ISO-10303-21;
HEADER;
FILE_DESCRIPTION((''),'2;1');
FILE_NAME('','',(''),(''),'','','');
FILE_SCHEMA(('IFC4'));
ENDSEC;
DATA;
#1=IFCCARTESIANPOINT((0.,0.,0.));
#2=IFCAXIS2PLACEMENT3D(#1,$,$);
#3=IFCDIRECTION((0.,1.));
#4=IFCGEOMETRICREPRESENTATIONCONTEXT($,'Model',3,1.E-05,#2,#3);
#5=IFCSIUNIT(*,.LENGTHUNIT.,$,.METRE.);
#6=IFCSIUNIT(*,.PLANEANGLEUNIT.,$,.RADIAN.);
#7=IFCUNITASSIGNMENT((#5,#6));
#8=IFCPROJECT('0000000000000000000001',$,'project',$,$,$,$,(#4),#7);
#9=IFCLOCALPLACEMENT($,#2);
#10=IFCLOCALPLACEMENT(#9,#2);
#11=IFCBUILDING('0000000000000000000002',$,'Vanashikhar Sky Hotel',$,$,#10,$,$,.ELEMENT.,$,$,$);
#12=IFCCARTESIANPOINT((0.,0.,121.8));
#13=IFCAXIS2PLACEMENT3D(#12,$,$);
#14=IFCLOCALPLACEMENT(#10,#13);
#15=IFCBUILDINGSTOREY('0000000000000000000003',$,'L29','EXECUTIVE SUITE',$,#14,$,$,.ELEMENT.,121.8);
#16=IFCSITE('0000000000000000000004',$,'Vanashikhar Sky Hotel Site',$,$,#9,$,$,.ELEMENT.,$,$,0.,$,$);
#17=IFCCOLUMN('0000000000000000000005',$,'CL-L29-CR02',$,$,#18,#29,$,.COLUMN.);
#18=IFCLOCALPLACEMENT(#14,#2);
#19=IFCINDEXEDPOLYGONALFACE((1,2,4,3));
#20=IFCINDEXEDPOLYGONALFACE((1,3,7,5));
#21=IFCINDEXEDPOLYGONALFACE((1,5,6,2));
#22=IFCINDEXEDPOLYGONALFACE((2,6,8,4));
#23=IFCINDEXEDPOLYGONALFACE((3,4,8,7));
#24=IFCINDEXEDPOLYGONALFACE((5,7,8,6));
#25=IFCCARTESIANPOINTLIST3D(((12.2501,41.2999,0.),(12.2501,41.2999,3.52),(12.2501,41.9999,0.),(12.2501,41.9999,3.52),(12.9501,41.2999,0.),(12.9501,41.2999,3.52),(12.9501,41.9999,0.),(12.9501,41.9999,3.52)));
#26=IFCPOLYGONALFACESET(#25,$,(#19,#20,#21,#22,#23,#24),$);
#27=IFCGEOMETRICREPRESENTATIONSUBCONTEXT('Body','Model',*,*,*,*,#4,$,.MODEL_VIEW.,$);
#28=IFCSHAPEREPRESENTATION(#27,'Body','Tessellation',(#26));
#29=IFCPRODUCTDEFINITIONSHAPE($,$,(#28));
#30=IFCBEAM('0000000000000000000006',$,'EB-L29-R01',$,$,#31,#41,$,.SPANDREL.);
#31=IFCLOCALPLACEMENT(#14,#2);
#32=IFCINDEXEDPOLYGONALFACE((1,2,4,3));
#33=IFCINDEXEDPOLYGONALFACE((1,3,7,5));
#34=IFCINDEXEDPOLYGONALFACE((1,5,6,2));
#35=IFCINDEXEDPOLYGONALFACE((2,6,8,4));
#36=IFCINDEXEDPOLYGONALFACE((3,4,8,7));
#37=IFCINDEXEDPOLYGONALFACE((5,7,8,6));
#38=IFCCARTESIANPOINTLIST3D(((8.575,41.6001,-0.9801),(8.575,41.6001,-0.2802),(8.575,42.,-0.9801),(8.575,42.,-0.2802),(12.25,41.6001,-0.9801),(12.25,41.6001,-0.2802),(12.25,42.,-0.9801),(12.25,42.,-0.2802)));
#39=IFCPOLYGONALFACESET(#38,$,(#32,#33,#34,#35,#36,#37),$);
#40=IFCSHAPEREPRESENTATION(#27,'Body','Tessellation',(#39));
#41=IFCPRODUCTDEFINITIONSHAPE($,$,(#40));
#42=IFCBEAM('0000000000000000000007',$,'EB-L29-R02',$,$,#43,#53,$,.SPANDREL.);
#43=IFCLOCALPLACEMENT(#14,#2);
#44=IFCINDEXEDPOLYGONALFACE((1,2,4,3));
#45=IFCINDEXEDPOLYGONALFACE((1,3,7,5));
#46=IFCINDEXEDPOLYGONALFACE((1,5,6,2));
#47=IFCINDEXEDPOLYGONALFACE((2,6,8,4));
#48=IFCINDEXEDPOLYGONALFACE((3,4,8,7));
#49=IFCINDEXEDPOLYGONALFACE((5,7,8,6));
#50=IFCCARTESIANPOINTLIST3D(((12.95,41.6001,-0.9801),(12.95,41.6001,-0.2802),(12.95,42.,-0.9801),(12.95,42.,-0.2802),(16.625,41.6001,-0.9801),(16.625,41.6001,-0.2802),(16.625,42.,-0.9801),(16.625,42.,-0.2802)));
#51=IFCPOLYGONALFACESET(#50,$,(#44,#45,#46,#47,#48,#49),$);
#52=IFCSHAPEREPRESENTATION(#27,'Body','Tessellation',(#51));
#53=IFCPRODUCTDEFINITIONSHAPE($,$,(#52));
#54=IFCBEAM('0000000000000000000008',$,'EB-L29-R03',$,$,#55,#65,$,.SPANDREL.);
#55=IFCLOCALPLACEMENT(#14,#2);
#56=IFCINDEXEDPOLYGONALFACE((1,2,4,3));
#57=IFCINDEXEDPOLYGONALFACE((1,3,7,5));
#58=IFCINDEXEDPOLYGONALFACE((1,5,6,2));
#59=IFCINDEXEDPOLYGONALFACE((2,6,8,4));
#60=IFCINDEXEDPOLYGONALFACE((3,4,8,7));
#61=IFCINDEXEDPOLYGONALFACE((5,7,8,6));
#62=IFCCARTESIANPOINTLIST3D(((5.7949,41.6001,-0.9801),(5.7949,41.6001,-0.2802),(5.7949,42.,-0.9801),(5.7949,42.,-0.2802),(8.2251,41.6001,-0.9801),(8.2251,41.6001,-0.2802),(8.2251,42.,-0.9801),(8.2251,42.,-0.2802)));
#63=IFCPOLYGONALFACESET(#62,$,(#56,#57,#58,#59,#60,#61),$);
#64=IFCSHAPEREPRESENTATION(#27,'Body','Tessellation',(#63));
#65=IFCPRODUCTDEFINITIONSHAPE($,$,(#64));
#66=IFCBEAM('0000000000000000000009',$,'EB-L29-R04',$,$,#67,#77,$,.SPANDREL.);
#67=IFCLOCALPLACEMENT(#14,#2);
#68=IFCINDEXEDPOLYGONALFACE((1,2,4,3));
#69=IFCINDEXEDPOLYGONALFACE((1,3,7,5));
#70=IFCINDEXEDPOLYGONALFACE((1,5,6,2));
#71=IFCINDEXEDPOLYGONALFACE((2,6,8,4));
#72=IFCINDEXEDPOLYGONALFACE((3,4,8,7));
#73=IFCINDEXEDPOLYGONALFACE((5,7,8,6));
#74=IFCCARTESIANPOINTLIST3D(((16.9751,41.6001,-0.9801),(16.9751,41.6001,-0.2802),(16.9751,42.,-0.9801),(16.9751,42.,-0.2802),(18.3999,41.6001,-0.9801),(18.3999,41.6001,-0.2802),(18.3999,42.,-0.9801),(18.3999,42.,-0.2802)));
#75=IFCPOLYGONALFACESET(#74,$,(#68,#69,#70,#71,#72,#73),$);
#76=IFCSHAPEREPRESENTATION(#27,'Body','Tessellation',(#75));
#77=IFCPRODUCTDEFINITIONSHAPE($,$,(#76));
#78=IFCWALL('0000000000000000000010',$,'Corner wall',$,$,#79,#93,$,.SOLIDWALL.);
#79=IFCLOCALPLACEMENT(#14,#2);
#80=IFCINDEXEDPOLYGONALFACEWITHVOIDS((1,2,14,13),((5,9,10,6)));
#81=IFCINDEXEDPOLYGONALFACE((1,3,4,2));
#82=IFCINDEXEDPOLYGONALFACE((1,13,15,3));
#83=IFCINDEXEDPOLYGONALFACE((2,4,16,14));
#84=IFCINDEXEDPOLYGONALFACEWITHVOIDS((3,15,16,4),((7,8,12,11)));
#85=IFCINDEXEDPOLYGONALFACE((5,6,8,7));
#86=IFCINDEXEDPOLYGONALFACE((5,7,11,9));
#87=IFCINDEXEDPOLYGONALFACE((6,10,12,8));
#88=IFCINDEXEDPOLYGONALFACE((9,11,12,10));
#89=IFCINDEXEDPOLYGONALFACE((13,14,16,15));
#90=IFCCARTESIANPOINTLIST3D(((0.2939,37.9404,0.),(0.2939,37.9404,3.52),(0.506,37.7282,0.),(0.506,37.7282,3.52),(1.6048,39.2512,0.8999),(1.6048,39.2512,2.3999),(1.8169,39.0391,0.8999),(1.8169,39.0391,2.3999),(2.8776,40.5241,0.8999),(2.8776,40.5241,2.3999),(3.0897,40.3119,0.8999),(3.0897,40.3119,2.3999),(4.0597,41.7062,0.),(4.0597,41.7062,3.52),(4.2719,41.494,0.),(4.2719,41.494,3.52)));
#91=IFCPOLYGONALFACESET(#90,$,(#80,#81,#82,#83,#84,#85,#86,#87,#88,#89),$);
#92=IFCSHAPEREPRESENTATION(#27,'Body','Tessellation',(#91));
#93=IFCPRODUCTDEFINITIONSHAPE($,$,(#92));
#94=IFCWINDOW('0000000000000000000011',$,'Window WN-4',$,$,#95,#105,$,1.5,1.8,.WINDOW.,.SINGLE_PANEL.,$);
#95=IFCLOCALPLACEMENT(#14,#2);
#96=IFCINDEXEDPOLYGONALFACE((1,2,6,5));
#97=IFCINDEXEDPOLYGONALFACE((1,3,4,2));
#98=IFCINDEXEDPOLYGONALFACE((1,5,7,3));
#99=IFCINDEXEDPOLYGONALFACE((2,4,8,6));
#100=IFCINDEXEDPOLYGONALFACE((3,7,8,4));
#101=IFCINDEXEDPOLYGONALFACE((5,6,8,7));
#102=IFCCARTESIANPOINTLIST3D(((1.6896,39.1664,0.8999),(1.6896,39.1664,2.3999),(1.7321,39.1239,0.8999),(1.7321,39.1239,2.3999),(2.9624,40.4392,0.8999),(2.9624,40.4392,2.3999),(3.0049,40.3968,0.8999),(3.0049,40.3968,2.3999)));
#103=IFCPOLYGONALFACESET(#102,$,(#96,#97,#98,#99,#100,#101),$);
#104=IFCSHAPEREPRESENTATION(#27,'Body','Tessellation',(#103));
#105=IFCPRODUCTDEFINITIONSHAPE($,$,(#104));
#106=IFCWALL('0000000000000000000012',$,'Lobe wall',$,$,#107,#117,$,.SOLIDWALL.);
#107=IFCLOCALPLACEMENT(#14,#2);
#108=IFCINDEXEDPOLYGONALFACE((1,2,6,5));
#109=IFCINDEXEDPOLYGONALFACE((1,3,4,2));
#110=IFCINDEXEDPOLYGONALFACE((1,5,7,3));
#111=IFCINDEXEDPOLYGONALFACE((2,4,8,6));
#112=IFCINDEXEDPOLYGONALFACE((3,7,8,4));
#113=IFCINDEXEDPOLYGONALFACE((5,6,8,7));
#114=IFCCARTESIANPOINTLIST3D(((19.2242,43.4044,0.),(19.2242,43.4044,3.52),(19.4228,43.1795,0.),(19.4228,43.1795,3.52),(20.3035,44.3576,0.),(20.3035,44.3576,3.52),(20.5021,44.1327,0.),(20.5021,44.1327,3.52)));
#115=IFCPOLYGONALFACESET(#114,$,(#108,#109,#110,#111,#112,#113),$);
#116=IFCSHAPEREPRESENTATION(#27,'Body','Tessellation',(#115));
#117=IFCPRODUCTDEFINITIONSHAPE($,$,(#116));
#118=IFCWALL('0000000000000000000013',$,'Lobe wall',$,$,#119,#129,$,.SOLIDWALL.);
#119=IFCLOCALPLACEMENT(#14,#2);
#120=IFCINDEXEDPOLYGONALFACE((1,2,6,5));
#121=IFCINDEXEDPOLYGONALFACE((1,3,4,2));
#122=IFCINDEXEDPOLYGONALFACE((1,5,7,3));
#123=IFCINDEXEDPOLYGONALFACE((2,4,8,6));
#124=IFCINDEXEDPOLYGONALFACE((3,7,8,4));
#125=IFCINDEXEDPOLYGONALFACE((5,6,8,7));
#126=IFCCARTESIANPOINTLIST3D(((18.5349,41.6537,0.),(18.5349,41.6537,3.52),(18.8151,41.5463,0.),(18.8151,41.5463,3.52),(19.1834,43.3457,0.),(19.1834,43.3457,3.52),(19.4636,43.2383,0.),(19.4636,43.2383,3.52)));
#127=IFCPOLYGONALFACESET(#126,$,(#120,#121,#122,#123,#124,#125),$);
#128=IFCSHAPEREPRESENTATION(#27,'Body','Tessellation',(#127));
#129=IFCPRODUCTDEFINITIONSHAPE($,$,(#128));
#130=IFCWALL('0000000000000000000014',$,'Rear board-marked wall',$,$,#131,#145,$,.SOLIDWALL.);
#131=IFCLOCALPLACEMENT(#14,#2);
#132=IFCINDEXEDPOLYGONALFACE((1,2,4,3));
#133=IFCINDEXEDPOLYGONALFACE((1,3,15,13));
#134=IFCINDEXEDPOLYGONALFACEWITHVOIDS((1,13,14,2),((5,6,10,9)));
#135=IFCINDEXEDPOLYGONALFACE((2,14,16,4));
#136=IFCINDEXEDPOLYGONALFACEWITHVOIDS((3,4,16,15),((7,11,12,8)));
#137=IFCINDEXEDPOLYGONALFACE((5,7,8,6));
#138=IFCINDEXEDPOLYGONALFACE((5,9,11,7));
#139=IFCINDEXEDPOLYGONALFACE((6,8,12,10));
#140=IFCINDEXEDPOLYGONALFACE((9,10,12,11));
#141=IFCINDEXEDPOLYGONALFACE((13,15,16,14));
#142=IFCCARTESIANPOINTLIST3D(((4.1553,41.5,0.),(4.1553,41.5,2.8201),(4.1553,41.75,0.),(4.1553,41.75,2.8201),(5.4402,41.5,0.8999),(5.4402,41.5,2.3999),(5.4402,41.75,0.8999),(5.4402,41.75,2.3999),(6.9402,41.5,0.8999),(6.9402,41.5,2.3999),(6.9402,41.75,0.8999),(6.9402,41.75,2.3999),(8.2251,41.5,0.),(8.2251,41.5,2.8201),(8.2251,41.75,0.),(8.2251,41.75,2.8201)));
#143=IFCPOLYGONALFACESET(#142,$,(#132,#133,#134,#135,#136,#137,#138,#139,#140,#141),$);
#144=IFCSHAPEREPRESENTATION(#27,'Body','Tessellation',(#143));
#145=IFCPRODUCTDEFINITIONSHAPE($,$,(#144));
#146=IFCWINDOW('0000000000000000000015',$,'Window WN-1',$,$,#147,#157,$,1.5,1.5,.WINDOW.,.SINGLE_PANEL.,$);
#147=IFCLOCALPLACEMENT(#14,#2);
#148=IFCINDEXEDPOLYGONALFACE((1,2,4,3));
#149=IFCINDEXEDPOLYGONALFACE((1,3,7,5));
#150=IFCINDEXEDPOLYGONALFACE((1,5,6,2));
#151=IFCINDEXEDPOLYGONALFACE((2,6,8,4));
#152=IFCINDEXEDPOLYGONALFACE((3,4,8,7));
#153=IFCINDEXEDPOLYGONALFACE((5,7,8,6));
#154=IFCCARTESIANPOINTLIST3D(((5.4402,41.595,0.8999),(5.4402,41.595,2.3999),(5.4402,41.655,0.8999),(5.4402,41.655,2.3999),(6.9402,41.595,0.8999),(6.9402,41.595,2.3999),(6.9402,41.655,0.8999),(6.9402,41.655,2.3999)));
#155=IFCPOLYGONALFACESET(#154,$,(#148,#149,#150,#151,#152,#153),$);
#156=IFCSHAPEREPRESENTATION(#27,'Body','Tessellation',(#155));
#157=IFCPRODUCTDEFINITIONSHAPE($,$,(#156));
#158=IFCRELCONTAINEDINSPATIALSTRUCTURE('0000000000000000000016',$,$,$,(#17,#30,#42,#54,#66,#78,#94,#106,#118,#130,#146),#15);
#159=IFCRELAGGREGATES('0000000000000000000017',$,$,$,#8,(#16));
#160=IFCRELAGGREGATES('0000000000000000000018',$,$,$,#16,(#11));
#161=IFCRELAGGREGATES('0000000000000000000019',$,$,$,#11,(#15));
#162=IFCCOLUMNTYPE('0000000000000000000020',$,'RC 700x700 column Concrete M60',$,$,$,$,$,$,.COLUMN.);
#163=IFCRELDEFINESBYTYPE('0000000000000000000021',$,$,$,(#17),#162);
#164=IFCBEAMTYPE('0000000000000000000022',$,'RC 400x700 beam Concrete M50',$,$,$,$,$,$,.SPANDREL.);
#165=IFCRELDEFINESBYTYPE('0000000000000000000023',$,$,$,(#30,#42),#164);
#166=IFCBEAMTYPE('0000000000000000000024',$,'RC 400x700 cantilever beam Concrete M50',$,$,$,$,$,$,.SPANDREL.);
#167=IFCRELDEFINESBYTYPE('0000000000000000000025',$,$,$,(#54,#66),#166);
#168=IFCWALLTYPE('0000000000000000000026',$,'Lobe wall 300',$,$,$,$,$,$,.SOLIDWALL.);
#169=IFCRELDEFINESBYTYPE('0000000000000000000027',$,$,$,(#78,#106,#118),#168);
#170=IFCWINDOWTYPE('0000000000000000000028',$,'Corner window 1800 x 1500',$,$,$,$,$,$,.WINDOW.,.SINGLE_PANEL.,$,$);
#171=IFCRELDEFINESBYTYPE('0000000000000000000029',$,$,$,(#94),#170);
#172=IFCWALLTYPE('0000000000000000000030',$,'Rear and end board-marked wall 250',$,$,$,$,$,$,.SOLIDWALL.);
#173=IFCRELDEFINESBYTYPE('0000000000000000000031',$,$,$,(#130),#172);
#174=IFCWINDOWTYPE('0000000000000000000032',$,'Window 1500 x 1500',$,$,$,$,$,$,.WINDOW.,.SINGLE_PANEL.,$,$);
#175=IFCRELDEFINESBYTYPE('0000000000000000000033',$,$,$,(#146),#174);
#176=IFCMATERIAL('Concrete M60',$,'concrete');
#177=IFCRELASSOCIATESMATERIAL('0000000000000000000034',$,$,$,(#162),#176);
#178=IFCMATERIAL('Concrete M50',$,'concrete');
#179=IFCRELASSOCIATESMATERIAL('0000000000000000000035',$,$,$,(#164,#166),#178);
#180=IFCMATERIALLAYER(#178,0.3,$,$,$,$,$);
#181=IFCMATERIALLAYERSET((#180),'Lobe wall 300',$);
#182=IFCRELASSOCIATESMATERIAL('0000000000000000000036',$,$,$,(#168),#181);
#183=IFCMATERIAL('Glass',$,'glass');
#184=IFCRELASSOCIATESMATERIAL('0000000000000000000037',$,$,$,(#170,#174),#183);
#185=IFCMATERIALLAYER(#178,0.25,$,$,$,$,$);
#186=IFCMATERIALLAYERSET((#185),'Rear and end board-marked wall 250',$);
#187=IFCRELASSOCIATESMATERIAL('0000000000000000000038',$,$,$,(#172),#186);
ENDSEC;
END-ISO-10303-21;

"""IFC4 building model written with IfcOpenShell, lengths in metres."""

from ifc_helpers import new_model, si_unit, direction, frame, frame_2d, origin, origin_2d, place, context, subcontext, project, spatial, rectangle, extrude, source, transform, mapped, material, layer, layer_set, material_profile, profile_set, type_object, element, fill, save


model = new_model("IFC4")

# Units and contexts
model_context = context("Model", 3, precision=1e-05, world=origin(), true_north=direction((0.0, 1.0)))
body_context = subcontext(model_context, "Body", "Model", "MODEL_VIEW")
ifc_project = project(units=[si_unit("LENGTHUNIT", "METRE"), si_unit("PLANEANGLEUNIT", "RADIAN")], contexts=[model_context])

# Site, building, storey
site_placement = place(None, origin())
site = spatial("IfcSite", under=ifc_project, at=site_placement, Name="Vanashikhar Sky Hotel Site", CompositionType="ELEMENT", RefElevation=0.0)
building_placement = place(site_placement, origin())
building = spatial("IfcBuilding", under=site, at=building_placement, Name="Vanashikhar Sky Hotel", CompositionType="ELEMENT")
storey_placement = place(building_placement, frame((0.0, 0.0, 121.8)))
storey = spatial("IfcBuildingStorey", under=building, at=storey_placement, Name="L29", Description="EXECUTIVE SUITE", CompositionType="ELEMENT", Elevation=121.8)

# Column
ifc_material_1 = material(Name="Concrete M60", Category="concrete")
ifc_material_profile_1 = material_profile(ifc_material_1, rectangle(XDim=0.7, YDim=0.7, at=origin_2d()))
ifc_profile_set_1 = profile_set([ifc_material_profile_1], Name="RC 700x700 column Concrete M60")
column_type = type_object("IfcColumnType", Name="RC 700x700 column Concrete M60", PredefinedType="COLUMN", material=ifc_profile_set_1)
shared_shape_1 = source(origin(), body_context, "Body", "SweptSolid", [
    extrude(rectangle(XDim=0.7, YDim=0.7, at=origin_2d()), origin(), (0.0, 0.0, 1.0), 3.52),
])
column_placement = place(storey_placement, frame((12.6001, 41.6499, 0.0), z_axis=(0.0, 0.0, 1.0), x_axis=(1.0, 0.0, 0.0)))
element("IfcColumn", 1, at=column_placement, inside=storey, type_object=column_type, Name="CL-L29-CR02", PredefinedType="COLUMN", context=body_context, shape_type="MappedRepresentation", body=[
    mapped(shared_shape_1, transform((0.0, 0.0, 0.0), scale=1.0)),
])

# Beams
ifc_material_2 = material(Name="Concrete M50", Category="concrete")
ifc_material_profile_2 = material_profile(ifc_material_2, rectangle(XDim=0.3999, YDim=0.7, at=origin_2d()))
ifc_profile_set_2 = profile_set([ifc_material_profile_2], Name="RC 400x700 beam Concrete M50")
beam_type_1 = type_object("IfcBeamType", Name="RC 400x700 beam Concrete M50", PredefinedType="SPANDREL", material=ifc_profile_set_2)
shared_shape_2 = source(origin(), body_context, "Body", "SweptSolid", [
    extrude(rectangle(XDim=0.3999, YDim=0.7, at=origin_2d()), origin(), (0.0, 0.0, 1.0), 3.675),
])
for number, where, z_axis, x_axis, name in (
    (2, (8.575, 41.8, -0.6301), (1.0, 0.0, 0.0), (0.0, 1.0, 0.0), "EB-L29-R01"),
    (3, (12.95, 41.8, -0.6301), (1.0, 0.0, 0.0), (0.0, 1.0, 0.0), "EB-L29-R02"),
):
    element("IfcBeam", number, at=place(storey_placement, frame(where, z_axis=z_axis, x_axis=x_axis)), inside=storey, type_object=beam_type_1, Name=name, PredefinedType="SPANDREL", context=body_context, shape_type="MappedRepresentation", body=[
        mapped(shared_shape_2, transform((0.0, 0.0, 0.0), scale=1.0)),
    ])
ifc_material_profile_3 = material_profile(ifc_material_2, rectangle(XDim=0.3999, YDim=0.7, at=origin_2d()))
ifc_profile_set_3 = profile_set([ifc_material_profile_3], Name="RC 400x700 cantilever beam Concrete M50")
beam_type_2 = type_object("IfcBeamType", Name="RC 400x700 cantilever beam Concrete M50", PredefinedType="SPANDREL", material=ifc_profile_set_3)
shared_shape_3 = source(origin(), body_context, "Body", "SweptSolid", [
    extrude(rectangle(XDim=0.3999, YDim=0.7, at=origin_2d()), origin(), (0.0, 0.0, 1.0), 2.4302),
])
beam_1_placement = place(storey_placement, frame((5.7949, 41.8, -0.6301), z_axis=(1.0, 0.0, 0.0), x_axis=(0.0, 1.0, 0.0)))
element("IfcBeam", 4, at=beam_1_placement, inside=storey, type_object=beam_type_2, Name="EB-L29-R03", PredefinedType="SPANDREL", context=body_context, shape_type="MappedRepresentation", body=[
    mapped(shared_shape_3, transform((0.0, 0.0, 0.0), scale=1.0)),
])
shared_shape_4 = source(origin(), body_context, "Body", "SweptSolid", [
    extrude(rectangle(XDim=0.3999, YDim=0.7, at=origin_2d()), origin(), (0.0, 0.0, 1.0), 1.4248),
])
beam_2_placement = place(storey_placement, frame((16.9751, 41.8, -0.6301), z_axis=(1.0, 0.0, 0.0), x_axis=(0.0, 1.0, 0.0)))
element("IfcBeam", 5, at=beam_2_placement, inside=storey, type_object=beam_type_2, Name="EB-L29-R04", PredefinedType="SPANDREL", context=body_context, shape_type="MappedRepresentation", body=[
    mapped(shared_shape_4, transform((0.0, 0.0, 0.0), scale=1.0)),
])

# Wall, opening, window
ifc_layer_1 = layer(ifc_material_2, 0.3)
ifc_layer_set_1 = layer_set([ifc_layer_1], Name="Lobe wall 300")
wall_type_1 = type_object("IfcWallType", Name="Lobe wall 300", PredefinedType="SOLIDWALL", material=ifc_layer_set_1)
shared_shape_5 = source(origin(), body_context, "Body", "SweptSolid", [
    extrude(rectangle(XDim=5.3257, YDim=0.3, at=frame_2d((2.6628, 0.0))), origin(), (0.0, 0.0, 1.0), 3.52),
])
wall_1_placement = place(storey_placement, frame((4.1658, 41.6001, 0.0), z_axis=(0.0, 0.0, 1.0), x_axis=(-0.707107, -0.707107, 0.0)))
wall_1 = element("IfcWall", 6, at=wall_1_placement, inside=storey, type_object=wall_type_1, Name="Corner wall", PredefinedType="SOLIDWALL", context=body_context, shape_type="MappedRepresentation", body=[
    mapped(shared_shape_5, transform((0.0, 0.0, 0.0), scale=1.0)),
])
shared_shape_6 = source(origin(), body_context, "Body", "SweptSolid", [
    extrude(rectangle(XDim=1.8, YDim=1.5, at=frame_2d((0.8999, 0.75))), frame((0.0, 0.1602, 0.0), z_axis=(0.0, -1.0, 0.0), x_axis=(1.0, 0.0, 0.0)), (0.0, 0.0, 1.0), 0.3201),
])
opening_1_placement = place(wall_1_placement, frame((1.6719, 0.0, 0.8999)))
opening_1 = element("IfcOpeningElement", 7, at=opening_1_placement, cuts=wall_1, PredefinedType="OPENING", context=body_context, shape_type="MappedRepresentation", body=[
    mapped(shared_shape_6, transform((0.0, 0.0, 0.0), scale=1.0)),
])
ifc_material_3 = material(Name="Glass", Category="glass")
window_type_1 = type_object("IfcWindowType", Name="Corner window 1800 x 1500", PartitioningType="SINGLE_PANEL", PredefinedType="WINDOW", material=ifc_material_3)
shared_shape_7 = source(origin(), body_context, "Body", "SweptSolid", [
    extrude(rectangle(XDim=1.8, YDim=1.5, at=frame_2d((0.8999, 0.75))), frame((0.0, 0.03, 0.0), z_axis=(0.0, -1.0, 0.0), x_axis=(1.0, 0.0, 0.0)), (0.0, 0.0, 1.0), 0.0601),
])
window_1_placement = place(opening_1_placement, origin())
window_1 = element("IfcWindow", 8, at=window_1_placement, inside=storey, type_object=window_type_1, Name="Window WN-4", OverallHeight=1.5, OverallWidth=1.8, PartitioningType="SINGLE_PANEL", PredefinedType="WINDOW", context=body_context, shape_type="MappedRepresentation", body=[
    mapped(shared_shape_7, transform((0.0, 0.0, 0.0), scale=1.0)),
])
fill(opening_1, window_1)

# Walls
shared_shape_8 = source(origin(), body_context, "Body", "SweptSolid", [
    extrude(rectangle(XDim=1.4399, YDim=0.3, at=frame_2d((0.72, 0.0))), origin(), (0.0, 0.0, 1.0), 3.52),
])
wall_2_placement = place(storey_placement, frame((20.4028, 44.2451, 0.0), z_axis=(0.0, 0.0, 1.0), x_axis=(-0.749576, -0.661919, 0.0)))
element("IfcWall", 9, at=wall_2_placement, inside=storey, type_object=wall_type_1, Name="Lobe wall", PredefinedType="SOLIDWALL", context=body_context, shape_type="MappedRepresentation", body=[
    mapped(shared_shape_8, transform((0.0, 0.0, 0.0), scale=1.0)),
])
shared_shape_9 = source(origin(), body_context, "Body", "SweptSolid", [
    extrude(rectangle(XDim=1.812, YDim=0.3, at=frame_2d((0.906, 0.0))), origin(), (0.0, 0.0, 1.0), 3.52),
])
wall_3_placement = place(storey_placement, frame((19.3235, 43.292, 0.0), z_axis=(0.0, 0.0, 1.0), x_axis=(-0.357877, -0.933769, 0.0)))
element("IfcWall", 10, at=wall_3_placement, inside=storey, type_object=wall_type_1, Name="Lobe wall", PredefinedType="SOLIDWALL", context=body_context, shape_type="MappedRepresentation", body=[
    mapped(shared_shape_9, transform((0.0, 0.0, 0.0), scale=1.0)),
])

# Wall, opening, window
ifc_layer_2 = layer(ifc_material_2, 0.25)
ifc_layer_set_2 = layer_set([ifc_layer_2], Name="Rear and end board-marked wall 250")
wall_type_2 = type_object("IfcWallType", Name="Rear and end board-marked wall 250", PredefinedType="SOLIDWALL", material=ifc_layer_set_2)
shared_shape_10 = source(origin(), body_context, "Body", "SweptSolid", [
    extrude(rectangle(XDim=4.0698, YDim=0.25, at=frame_2d((2.0349, 0.0))), origin(), (0.0, 0.0, 1.0), 2.8201),
])
wall_4_placement = place(storey_placement, frame((8.2251, 41.625, 0.0), z_axis=(0.0, 0.0, 1.0), x_axis=(-1.0, 0.0, 0.0)))
wall_4 = element("IfcWall", 11, at=wall_4_placement, inside=storey, type_object=wall_type_2, Name="Rear board-marked wall", PredefinedType="SOLIDWALL", context=body_context, shape_type="MappedRepresentation", body=[
    mapped(shared_shape_10, transform((0.0, 0.0, 0.0), scale=1.0)),
])
shared_shape_11 = source(origin(), body_context, "Body", "SweptSolid", [
    extrude(rectangle(XDim=1.5, YDim=1.5, at=frame_2d((0.75, 0.75))), frame((0.0, 0.135, 0.0), z_axis=(0.0, -1.0, 0.0), x_axis=(1.0, 0.0, 0.0)), (0.0, 0.0, 1.0), 0.27),
])
opening_2_placement = place(wall_4_placement, frame((1.2849, 0.0, 0.8999)))
opening_2 = element("IfcOpeningElement", 12, at=opening_2_placement, cuts=wall_4, PredefinedType="OPENING", context=body_context, shape_type="MappedRepresentation", body=[
    mapped(shared_shape_11, transform((0.0, 0.0, 0.0), scale=1.0)),
])
window_type_2 = type_object("IfcWindowType", Name="Window 1500 x 1500", PartitioningType="SINGLE_PANEL", PredefinedType="WINDOW", material=ifc_material_3)
shared_shape_12 = source(origin(), body_context, "Body", "SweptSolid", [
    extrude(rectangle(XDim=1.5, YDim=1.5, at=frame_2d((0.75, 0.75))), frame((0.0, 0.03, 0.0), z_axis=(0.0, -1.0, 0.0), x_axis=(1.0, 0.0, 0.0)), (0.0, 0.0, 1.0), 0.0601),
])
window_2_placement = place(opening_2_placement, origin())
window_2 = element("IfcWindow", 13, at=window_2_placement, inside=storey, type_object=window_type_2, Name="Window WN-1", OverallHeight=1.5, OverallWidth=1.5, PartitioningType="SINGLE_PANEL", PredefinedType="WINDOW", context=body_context, shape_type="MappedRepresentation", body=[
    mapped(shared_shape_12, transform((0.0, 0.0, 0.0), scale=1.0)),
])
fill(opening_2, window_2)

save(model, "model.ifc")
